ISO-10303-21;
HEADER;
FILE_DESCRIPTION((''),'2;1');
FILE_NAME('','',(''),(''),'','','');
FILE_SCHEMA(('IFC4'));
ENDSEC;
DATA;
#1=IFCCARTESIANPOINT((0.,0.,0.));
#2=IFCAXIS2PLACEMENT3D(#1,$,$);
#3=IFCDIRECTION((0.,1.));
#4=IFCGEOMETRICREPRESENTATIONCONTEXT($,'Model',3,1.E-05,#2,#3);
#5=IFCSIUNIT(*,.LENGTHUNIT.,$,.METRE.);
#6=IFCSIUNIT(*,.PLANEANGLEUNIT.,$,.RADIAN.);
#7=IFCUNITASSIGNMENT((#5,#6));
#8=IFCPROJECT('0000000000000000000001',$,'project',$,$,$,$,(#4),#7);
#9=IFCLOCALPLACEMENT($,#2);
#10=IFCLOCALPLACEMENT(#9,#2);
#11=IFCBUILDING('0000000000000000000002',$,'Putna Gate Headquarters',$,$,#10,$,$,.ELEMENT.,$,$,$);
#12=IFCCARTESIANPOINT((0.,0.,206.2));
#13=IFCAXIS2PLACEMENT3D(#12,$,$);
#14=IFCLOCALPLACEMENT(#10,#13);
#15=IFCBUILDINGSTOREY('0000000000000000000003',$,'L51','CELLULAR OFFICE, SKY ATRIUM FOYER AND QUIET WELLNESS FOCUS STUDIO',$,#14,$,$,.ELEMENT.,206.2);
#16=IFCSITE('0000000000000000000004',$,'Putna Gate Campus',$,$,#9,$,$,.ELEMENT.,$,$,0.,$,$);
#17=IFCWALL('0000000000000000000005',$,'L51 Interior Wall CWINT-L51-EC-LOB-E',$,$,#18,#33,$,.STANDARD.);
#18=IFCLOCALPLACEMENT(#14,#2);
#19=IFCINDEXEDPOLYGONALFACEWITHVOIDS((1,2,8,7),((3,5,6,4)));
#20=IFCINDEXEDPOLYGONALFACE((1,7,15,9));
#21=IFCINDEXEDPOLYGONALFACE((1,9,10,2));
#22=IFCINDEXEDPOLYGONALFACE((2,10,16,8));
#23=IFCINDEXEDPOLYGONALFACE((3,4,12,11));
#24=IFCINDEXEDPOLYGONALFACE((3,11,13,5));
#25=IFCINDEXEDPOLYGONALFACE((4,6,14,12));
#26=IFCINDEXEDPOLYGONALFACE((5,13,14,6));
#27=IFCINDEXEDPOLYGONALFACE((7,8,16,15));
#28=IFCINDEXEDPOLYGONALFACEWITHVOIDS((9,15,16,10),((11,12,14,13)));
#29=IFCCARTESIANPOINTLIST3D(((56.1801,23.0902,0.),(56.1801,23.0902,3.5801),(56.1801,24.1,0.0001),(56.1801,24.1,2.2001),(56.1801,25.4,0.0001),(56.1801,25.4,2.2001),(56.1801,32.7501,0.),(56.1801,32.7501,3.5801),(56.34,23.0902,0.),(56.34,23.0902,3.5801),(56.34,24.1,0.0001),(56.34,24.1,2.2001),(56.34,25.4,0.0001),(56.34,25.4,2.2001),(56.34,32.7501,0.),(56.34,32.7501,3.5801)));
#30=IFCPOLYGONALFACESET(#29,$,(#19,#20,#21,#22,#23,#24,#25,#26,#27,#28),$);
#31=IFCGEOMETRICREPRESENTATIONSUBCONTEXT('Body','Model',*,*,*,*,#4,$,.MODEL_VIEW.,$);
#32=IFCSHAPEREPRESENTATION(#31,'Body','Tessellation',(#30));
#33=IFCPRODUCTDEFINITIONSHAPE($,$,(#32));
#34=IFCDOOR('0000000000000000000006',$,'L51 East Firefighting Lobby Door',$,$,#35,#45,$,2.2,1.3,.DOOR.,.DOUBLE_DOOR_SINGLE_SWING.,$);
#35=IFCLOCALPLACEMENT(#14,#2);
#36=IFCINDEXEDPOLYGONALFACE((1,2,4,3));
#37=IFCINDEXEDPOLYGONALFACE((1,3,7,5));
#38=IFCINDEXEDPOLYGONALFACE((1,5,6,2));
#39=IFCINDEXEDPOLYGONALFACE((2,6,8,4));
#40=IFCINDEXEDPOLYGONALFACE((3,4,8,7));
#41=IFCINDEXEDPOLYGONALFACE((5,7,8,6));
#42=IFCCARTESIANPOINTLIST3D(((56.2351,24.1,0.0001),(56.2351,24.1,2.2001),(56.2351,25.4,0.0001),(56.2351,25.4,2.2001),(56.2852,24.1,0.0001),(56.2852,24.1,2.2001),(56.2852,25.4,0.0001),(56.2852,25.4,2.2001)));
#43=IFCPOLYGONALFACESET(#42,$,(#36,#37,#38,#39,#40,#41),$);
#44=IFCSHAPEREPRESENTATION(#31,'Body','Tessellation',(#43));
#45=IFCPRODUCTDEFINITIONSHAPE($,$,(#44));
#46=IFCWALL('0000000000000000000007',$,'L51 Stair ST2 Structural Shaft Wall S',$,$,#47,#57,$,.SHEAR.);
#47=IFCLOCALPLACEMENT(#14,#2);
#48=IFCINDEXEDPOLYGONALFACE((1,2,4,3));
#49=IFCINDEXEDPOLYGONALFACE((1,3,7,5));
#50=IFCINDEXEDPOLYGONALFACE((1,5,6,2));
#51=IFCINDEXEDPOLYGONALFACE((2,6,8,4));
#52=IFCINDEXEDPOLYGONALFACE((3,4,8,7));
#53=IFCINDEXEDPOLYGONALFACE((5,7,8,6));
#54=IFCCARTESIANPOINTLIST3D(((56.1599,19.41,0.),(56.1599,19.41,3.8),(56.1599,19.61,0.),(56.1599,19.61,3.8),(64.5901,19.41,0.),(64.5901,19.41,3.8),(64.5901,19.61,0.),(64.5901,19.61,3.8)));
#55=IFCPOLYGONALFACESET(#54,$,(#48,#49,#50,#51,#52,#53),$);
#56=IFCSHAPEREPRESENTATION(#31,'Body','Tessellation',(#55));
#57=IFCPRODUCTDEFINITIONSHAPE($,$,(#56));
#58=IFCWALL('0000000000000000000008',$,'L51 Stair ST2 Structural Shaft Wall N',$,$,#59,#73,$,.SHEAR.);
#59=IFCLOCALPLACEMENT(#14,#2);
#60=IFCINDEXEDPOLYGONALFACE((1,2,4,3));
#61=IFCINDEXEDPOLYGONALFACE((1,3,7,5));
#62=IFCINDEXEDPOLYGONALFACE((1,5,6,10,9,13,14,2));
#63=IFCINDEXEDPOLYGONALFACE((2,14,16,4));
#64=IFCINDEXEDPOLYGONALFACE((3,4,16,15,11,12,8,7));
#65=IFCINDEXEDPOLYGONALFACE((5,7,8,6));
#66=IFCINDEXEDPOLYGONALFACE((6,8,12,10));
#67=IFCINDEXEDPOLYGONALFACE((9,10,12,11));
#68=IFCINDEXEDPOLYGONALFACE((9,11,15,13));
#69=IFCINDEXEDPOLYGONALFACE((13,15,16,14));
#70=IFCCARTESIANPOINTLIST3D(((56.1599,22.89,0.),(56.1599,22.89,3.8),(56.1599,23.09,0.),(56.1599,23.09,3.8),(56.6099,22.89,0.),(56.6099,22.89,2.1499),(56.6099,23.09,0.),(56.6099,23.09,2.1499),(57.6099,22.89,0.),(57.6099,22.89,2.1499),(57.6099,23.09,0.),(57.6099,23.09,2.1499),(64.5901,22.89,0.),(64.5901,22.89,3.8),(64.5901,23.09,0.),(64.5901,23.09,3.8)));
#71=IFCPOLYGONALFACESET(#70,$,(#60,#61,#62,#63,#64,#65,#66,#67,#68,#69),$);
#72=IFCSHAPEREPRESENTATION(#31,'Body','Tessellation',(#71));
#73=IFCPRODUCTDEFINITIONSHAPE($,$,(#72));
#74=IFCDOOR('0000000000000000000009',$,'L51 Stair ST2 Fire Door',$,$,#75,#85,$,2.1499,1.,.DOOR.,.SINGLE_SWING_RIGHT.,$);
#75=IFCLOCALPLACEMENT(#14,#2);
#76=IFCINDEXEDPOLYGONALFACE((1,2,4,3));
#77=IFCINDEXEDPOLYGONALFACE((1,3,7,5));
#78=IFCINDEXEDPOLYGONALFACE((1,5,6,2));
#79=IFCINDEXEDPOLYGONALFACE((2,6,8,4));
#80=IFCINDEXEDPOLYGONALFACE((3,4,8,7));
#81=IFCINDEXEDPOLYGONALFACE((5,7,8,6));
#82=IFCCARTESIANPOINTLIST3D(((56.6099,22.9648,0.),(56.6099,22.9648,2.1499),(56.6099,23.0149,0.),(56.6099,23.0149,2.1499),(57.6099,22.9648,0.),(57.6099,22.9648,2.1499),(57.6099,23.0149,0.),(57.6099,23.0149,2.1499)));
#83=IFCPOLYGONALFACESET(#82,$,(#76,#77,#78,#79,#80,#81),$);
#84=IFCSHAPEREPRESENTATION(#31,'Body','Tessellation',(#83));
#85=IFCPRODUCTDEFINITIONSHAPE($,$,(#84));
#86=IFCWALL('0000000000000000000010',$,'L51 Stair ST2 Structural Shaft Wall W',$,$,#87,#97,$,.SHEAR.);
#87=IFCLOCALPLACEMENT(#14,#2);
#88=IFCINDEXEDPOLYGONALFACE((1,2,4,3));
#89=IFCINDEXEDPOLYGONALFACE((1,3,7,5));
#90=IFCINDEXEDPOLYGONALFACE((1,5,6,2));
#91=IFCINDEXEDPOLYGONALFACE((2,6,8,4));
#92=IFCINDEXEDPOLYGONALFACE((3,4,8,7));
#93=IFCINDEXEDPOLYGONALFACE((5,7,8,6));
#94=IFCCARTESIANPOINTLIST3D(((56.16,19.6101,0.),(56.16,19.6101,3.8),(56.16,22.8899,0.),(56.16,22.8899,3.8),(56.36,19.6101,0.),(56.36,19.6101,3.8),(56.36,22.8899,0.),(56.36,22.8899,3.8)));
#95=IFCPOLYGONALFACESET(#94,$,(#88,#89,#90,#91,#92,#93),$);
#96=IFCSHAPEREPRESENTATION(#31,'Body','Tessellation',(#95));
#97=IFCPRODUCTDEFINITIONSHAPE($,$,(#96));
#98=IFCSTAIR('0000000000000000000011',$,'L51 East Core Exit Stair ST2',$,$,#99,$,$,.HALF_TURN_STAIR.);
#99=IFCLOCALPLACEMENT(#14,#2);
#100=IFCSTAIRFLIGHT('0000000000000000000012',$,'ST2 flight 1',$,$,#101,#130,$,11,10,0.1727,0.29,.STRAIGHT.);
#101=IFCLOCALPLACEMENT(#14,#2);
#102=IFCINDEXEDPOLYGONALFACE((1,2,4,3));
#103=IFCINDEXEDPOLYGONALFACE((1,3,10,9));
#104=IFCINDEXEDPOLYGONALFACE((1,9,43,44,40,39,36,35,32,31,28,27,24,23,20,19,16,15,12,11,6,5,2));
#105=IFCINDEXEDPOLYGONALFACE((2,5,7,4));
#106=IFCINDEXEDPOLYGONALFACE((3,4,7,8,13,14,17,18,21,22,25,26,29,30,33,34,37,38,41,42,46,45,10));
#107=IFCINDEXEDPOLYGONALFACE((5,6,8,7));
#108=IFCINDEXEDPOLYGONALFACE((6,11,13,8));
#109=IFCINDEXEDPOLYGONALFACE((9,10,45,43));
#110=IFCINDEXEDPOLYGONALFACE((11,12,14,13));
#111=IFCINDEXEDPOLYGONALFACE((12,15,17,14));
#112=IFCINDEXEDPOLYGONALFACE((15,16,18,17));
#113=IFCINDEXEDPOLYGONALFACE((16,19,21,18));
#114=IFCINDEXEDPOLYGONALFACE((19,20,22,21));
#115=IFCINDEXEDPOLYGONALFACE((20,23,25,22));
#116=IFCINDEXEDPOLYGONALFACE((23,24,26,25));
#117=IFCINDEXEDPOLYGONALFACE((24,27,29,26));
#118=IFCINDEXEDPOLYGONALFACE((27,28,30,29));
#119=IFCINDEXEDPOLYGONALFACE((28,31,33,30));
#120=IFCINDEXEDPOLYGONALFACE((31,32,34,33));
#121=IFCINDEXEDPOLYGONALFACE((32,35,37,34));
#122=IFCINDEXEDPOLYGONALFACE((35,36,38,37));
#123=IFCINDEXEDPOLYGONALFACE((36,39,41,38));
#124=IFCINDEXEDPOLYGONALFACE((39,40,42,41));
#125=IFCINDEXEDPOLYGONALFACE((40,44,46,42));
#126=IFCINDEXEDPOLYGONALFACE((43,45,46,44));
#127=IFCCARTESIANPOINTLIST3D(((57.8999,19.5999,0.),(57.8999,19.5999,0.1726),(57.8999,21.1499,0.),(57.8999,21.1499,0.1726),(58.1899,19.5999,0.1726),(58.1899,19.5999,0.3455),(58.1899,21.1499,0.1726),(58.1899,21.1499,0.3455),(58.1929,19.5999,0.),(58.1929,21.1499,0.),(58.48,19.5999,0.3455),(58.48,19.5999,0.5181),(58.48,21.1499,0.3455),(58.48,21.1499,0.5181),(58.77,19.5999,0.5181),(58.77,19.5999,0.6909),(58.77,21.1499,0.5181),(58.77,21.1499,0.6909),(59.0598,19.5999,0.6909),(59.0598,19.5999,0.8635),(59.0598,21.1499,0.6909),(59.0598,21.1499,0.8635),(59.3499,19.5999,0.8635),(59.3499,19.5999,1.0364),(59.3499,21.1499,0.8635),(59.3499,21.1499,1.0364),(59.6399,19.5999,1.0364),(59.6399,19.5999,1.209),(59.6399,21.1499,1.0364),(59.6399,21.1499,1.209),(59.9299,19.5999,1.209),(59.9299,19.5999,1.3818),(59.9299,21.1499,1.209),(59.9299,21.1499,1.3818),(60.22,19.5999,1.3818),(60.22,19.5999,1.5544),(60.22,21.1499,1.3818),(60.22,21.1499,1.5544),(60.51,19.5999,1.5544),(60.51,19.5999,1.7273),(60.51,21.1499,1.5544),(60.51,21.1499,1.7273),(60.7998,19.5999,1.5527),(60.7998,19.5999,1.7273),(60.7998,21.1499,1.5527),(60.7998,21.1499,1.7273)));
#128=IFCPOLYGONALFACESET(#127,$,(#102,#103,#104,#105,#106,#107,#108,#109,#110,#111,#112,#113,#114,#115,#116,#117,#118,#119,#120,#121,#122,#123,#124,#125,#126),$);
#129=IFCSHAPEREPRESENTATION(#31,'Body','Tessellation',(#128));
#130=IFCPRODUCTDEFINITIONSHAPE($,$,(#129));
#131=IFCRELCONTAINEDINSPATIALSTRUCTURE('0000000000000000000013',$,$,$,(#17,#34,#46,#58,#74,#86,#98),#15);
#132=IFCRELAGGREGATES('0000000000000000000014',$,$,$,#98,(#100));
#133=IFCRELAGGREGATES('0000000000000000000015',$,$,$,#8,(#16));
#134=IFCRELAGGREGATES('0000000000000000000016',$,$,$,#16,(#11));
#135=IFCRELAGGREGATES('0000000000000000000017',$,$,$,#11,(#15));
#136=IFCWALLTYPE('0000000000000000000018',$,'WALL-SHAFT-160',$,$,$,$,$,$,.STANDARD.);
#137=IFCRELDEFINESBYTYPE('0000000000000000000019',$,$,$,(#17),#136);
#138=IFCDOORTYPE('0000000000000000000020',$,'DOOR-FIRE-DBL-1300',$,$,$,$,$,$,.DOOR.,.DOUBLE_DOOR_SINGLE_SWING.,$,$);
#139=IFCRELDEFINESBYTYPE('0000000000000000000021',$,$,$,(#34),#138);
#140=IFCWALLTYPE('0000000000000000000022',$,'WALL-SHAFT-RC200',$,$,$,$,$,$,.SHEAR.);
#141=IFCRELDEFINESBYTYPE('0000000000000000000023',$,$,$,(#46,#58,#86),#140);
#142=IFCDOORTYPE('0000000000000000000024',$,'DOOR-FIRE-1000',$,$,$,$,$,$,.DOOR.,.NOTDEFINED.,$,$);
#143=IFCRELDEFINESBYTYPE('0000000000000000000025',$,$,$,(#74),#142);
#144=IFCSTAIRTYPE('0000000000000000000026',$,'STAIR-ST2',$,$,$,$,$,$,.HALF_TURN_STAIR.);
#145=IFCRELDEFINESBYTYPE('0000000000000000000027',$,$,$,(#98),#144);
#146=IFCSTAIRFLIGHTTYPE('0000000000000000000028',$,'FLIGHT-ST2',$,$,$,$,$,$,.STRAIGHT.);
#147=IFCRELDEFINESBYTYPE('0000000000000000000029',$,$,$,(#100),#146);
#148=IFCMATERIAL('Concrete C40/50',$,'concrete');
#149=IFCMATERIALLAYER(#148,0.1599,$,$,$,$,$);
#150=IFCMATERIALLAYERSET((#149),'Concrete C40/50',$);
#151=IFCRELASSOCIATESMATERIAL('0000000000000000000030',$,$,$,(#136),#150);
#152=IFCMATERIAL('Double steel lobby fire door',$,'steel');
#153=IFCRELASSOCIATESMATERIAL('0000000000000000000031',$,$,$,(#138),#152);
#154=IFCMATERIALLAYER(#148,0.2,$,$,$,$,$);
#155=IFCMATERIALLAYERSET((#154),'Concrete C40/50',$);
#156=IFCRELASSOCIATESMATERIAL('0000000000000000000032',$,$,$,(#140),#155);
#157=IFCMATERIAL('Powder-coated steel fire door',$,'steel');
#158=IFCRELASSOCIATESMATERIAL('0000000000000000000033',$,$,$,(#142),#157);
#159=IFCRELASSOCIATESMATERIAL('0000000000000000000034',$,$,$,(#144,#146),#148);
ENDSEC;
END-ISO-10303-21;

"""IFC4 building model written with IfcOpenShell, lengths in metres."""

from ifc_helpers import new_model, si_unit, direction, frame, frame_2d, origin, place, context, subcontext, project, spatial, polyline, rectangle, outline, extrude, material, layer, layer_set, type_object, element, fill, aggregate, save


model = new_model("IFC4")

# Units and contexts
model_context = context("Model", 3, precision=1e-05, world=origin(), true_north=direction((0.0, 1.0)))
body_context = subcontext(model_context, "Body", "Model", "MODEL_VIEW")
ifc_project = project(units=[si_unit("LENGTHUNIT", "METRE"), si_unit("PLANEANGLEUNIT", "RADIAN")], contexts=[model_context])

# Site, building, storey
site_placement = place(None, origin())
site = spatial("IfcSite", under=ifc_project, at=site_placement, Name="Putna Gate Campus", CompositionType="ELEMENT", RefElevation=0.0)
building_placement = place(site_placement, origin())
building = spatial("IfcBuilding", under=site, at=building_placement, Name="Putna Gate Headquarters", CompositionType="ELEMENT")
storey_placement = place(building_placement, frame((0.0, 0.0, 206.2)))
storey = spatial("IfcBuildingStorey", under=building, at=storey_placement, Name="L51", Description="CELLULAR OFFICE, SKY ATRIUM FOYER AND QUIET WELLNESS FOCUS STUDIO", CompositionType="ELEMENT", Elevation=206.2)

# Shared definitions
ifc_material_1 = material(Name="Concrete C40/50", Category="concrete")
ifc_layer_1 = layer(ifc_material_1, 0.1599)
ifc_layer_set_1 = layer_set([ifc_layer_1], Name="Concrete C40/50")
wall_type_1 = type_object("IfcWallType", Name="WALL-SHAFT-160", PredefinedType="STANDARD", material=ifc_layer_set_1)

# Wall, opening, door
wall_1_placement = place(storey_placement, frame((56.26, 23.0901, 0.0), z_axis=(0.0, 0.0, 1.0), x_axis=(0.0, 1.0, 0.0)))
wall_1 = element("IfcWall", 1, at=wall_1_placement, inside=storey, type_object=wall_type_1, Name="L51 Interior Wall CWINT-L51-EC-LOB-E", PredefinedType="STANDARD", context=body_context, shape_type="SweptSolid", body=[
    extrude(rectangle(XDim=9.6599, YDim=0.1599, at=frame_2d((4.8301, 0.0))), origin(), (0.0, 0.0, 1.0), 3.5801),
])
opening_1_placement = place(wall_1_placement, frame((1.01, 0.0, 0.0)))
opening_1 = element("IfcOpeningElement", 2, at=opening_1_placement, cuts=wall_1, PredefinedType="OPENING", context=body_context, shape_type="SweptSolid", body=[
    extrude(rectangle(XDim=1.3, YDim=2.2, at=frame_2d((0.6499, 1.1001))), frame((0.0, 0.0898, 0.0), z_axis=(0.0, -1.0, 0.0), x_axis=(1.0, 0.0, 0.0)), (0.0, 0.0, 1.0), 0.1799),
])
ifc_material_2 = material(Name="Double steel lobby fire door", Category="steel")
door_type_1 = type_object("IfcDoorType", Name="DOOR-FIRE-DBL-1300", OperationType="DOUBLE_DOOR_SINGLE_SWING", PredefinedType="DOOR", material=ifc_material_2)
door_1_placement = place(opening_1_placement, origin())
door_1 = element("IfcDoor", 3, at=door_1_placement, inside=storey, type_object=door_type_1, Name="L51 East Firefighting Lobby Door", OperationType="DOUBLE_DOOR_SINGLE_SWING", OverallHeight=2.2, OverallWidth=1.3, PredefinedType="DOOR", context=body_context, shape_type="SweptSolid", body=[
    extrude(rectangle(XDim=1.3, YDim=2.2, at=frame_2d((0.6499, 1.1001))), frame((0.0, 0.0249, 0.0), z_axis=(0.0, -1.0, 0.0), x_axis=(1.0, 0.0, 0.0)), (0.0, 0.0, 1.0), 0.05),
])
fill(opening_1, door_1)

# Wall
ifc_layer_2 = layer(ifc_material_1, 0.2)
ifc_layer_set_2 = layer_set([ifc_layer_2], Name="Concrete C40/50")
wall_type_2 = type_object("IfcWallType", Name="WALL-SHAFT-RC200", PredefinedType="SHEAR", material=ifc_layer_set_2)
wall_2_placement = place(storey_placement, frame((56.1599, 19.51, 0.0), z_axis=(0.0, 0.0, 1.0), x_axis=(1.0, 0.0, 0.0)))
element("IfcWall", 4, at=wall_2_placement, inside=storey, type_object=wall_type_2, Name="L51 Stair ST2 Structural Shaft Wall S", PredefinedType="SHEAR", context=body_context, shape_type="SweptSolid", body=[
    extrude(rectangle(XDim=8.4302, YDim=0.2, at=frame_2d((4.2151, 0.0))), origin(), (0.0, 0.0, 1.0), 3.8),
])

# Wall, opening, door
wall_3_placement = place(storey_placement, frame((56.1599, 22.99, 0.0), z_axis=(0.0, 0.0, 1.0), x_axis=(1.0, 0.0, 0.0)))
wall_3 = element("IfcWall", 5, at=wall_3_placement, inside=storey, type_object=wall_type_2, Name="L51 Stair ST2 Structural Shaft Wall N", PredefinedType="SHEAR", context=body_context, shape_type="SweptSolid", body=[
    extrude(rectangle(XDim=8.4302, YDim=0.2, at=frame_2d((4.2151, 0.0))), origin(), (0.0, 0.0, 1.0), 3.8),
])
opening_2_placement = place(wall_3_placement, frame((0.45, 0.0, 0.0)))
opening_2 = element("IfcOpeningElement", 6, at=opening_2_placement, cuts=wall_3, PredefinedType="OPENING", context=body_context, shape_type="SweptSolid", body=[
    extrude(rectangle(XDim=1.0, YDim=2.1499, at=frame_2d((0.5, 1.075))), frame((0.0, 0.1099, 0.0), z_axis=(0.0, -1.0, 0.0), x_axis=(1.0, 0.0, 0.0)), (0.0, 0.0, 1.0), 0.22),
])
ifc_material_3 = material(Name="Powder-coated steel fire door", Category="steel")
door_type_2 = type_object("IfcDoorType", Name="DOOR-FIRE-1000", OperationType="NOTDEFINED", PredefinedType="DOOR", material=ifc_material_3)
door_2_placement = place(opening_2_placement, origin())
door_2 = element("IfcDoor", 7, at=door_2_placement, inside=storey, type_object=door_type_2, Name="L51 Stair ST2 Fire Door", OperationType="SINGLE_SWING_RIGHT", OverallHeight=2.1499, OverallWidth=1.0, PredefinedType="DOOR", context=body_context, shape_type="SweptSolid", body=[
    extrude(rectangle(XDim=1.0, YDim=2.1499, at=frame_2d((0.5, 1.075))), frame((0.0, 0.0249, 0.0), z_axis=(0.0, -1.0, 0.0), x_axis=(1.0, 0.0, 0.0)), (0.0, 0.0, 1.0), 0.05),
])
fill(opening_2, door_2)

# Wall
wall_4_placement = place(storey_placement, frame((56.26, 19.6101, 0.0), z_axis=(0.0, 0.0, 1.0), x_axis=(0.0, 1.0, 0.0)))
element("IfcWall", 8, at=wall_4_placement, inside=storey, type_object=wall_type_2, Name="L51 Stair ST2 Structural Shaft Wall W", PredefinedType="SHEAR", context=body_context, shape_type="SweptSolid", body=[
    extrude(rectangle(XDim=3.2798, YDim=0.2, at=frame_2d((1.6399, 0.0))), origin(), (0.0, 0.0, 1.0), 3.8),
])

# Stair, stair flight
stair_type = type_object("IfcStairType", Name="STAIR-ST2", PredefinedType="HALF_TURN_STAIR", material=ifc_material_1)
stair_placement = place(storey_placement, origin())
stair = element("IfcStair", 9, at=stair_placement, inside=storey, type_object=stair_type, Name="L51 East Core Exit Stair ST2", PredefinedType="HALF_TURN_STAIR")
stair_flight_type = type_object("IfcStairFlightType", Name="FLIGHT-ST2", PredefinedType="STRAIGHT", material=ifc_material_1)
stair_flight_placement = place(storey_placement, frame((57.8999, 20.375, 0.0), z_axis=(0.0, 0.0, 1.0), x_axis=(1.0, 0.0, 0.0)))
stair_flight = element("IfcStairFlight", 10, at=stair_flight_placement, type_object=stair_flight_type, Name="ST2 flight 1", NumberOfRisers=11, NumberOfTreads=10, PredefinedType="STRAIGHT", RiserHeight=0.1727, TreadLength=0.29, context=body_context, shape_type="SweptSolid", body=[
    extrude(outline(polyline([(0.0, 0.0), (0.0, 0.1726), (0.29, 0.1726), (0.29, 0.3455), (0.5801, 0.3455), (0.5801, 0.5181), (0.8701, 0.5181), (0.8701, 0.6909), (1.1599, 0.6909), (1.1599, 0.8635), (1.45, 0.8635), (1.45, 1.0364), (1.74, 1.0364), (1.74, 1.209), (2.03, 1.209), (2.03, 1.3818), (2.3201, 1.3818), (2.3201, 1.5544), (2.6101, 1.5544), (2.6101, 1.7273), (2.8999, 1.7273), (2.8999, 1.8999), (2.8999, 1.5527), (0.293, 0.0), (0.0, 0.0)])), frame((0.0, 0.7749, 0.0), z_axis=(0.0, -1.0, 0.0), x_axis=(1.0, 0.0, 0.0)), (0.0, 0.0, 1.0), 1.55),
])
aggregate(stair, [stair_flight])

save(model, "model.ifc")
